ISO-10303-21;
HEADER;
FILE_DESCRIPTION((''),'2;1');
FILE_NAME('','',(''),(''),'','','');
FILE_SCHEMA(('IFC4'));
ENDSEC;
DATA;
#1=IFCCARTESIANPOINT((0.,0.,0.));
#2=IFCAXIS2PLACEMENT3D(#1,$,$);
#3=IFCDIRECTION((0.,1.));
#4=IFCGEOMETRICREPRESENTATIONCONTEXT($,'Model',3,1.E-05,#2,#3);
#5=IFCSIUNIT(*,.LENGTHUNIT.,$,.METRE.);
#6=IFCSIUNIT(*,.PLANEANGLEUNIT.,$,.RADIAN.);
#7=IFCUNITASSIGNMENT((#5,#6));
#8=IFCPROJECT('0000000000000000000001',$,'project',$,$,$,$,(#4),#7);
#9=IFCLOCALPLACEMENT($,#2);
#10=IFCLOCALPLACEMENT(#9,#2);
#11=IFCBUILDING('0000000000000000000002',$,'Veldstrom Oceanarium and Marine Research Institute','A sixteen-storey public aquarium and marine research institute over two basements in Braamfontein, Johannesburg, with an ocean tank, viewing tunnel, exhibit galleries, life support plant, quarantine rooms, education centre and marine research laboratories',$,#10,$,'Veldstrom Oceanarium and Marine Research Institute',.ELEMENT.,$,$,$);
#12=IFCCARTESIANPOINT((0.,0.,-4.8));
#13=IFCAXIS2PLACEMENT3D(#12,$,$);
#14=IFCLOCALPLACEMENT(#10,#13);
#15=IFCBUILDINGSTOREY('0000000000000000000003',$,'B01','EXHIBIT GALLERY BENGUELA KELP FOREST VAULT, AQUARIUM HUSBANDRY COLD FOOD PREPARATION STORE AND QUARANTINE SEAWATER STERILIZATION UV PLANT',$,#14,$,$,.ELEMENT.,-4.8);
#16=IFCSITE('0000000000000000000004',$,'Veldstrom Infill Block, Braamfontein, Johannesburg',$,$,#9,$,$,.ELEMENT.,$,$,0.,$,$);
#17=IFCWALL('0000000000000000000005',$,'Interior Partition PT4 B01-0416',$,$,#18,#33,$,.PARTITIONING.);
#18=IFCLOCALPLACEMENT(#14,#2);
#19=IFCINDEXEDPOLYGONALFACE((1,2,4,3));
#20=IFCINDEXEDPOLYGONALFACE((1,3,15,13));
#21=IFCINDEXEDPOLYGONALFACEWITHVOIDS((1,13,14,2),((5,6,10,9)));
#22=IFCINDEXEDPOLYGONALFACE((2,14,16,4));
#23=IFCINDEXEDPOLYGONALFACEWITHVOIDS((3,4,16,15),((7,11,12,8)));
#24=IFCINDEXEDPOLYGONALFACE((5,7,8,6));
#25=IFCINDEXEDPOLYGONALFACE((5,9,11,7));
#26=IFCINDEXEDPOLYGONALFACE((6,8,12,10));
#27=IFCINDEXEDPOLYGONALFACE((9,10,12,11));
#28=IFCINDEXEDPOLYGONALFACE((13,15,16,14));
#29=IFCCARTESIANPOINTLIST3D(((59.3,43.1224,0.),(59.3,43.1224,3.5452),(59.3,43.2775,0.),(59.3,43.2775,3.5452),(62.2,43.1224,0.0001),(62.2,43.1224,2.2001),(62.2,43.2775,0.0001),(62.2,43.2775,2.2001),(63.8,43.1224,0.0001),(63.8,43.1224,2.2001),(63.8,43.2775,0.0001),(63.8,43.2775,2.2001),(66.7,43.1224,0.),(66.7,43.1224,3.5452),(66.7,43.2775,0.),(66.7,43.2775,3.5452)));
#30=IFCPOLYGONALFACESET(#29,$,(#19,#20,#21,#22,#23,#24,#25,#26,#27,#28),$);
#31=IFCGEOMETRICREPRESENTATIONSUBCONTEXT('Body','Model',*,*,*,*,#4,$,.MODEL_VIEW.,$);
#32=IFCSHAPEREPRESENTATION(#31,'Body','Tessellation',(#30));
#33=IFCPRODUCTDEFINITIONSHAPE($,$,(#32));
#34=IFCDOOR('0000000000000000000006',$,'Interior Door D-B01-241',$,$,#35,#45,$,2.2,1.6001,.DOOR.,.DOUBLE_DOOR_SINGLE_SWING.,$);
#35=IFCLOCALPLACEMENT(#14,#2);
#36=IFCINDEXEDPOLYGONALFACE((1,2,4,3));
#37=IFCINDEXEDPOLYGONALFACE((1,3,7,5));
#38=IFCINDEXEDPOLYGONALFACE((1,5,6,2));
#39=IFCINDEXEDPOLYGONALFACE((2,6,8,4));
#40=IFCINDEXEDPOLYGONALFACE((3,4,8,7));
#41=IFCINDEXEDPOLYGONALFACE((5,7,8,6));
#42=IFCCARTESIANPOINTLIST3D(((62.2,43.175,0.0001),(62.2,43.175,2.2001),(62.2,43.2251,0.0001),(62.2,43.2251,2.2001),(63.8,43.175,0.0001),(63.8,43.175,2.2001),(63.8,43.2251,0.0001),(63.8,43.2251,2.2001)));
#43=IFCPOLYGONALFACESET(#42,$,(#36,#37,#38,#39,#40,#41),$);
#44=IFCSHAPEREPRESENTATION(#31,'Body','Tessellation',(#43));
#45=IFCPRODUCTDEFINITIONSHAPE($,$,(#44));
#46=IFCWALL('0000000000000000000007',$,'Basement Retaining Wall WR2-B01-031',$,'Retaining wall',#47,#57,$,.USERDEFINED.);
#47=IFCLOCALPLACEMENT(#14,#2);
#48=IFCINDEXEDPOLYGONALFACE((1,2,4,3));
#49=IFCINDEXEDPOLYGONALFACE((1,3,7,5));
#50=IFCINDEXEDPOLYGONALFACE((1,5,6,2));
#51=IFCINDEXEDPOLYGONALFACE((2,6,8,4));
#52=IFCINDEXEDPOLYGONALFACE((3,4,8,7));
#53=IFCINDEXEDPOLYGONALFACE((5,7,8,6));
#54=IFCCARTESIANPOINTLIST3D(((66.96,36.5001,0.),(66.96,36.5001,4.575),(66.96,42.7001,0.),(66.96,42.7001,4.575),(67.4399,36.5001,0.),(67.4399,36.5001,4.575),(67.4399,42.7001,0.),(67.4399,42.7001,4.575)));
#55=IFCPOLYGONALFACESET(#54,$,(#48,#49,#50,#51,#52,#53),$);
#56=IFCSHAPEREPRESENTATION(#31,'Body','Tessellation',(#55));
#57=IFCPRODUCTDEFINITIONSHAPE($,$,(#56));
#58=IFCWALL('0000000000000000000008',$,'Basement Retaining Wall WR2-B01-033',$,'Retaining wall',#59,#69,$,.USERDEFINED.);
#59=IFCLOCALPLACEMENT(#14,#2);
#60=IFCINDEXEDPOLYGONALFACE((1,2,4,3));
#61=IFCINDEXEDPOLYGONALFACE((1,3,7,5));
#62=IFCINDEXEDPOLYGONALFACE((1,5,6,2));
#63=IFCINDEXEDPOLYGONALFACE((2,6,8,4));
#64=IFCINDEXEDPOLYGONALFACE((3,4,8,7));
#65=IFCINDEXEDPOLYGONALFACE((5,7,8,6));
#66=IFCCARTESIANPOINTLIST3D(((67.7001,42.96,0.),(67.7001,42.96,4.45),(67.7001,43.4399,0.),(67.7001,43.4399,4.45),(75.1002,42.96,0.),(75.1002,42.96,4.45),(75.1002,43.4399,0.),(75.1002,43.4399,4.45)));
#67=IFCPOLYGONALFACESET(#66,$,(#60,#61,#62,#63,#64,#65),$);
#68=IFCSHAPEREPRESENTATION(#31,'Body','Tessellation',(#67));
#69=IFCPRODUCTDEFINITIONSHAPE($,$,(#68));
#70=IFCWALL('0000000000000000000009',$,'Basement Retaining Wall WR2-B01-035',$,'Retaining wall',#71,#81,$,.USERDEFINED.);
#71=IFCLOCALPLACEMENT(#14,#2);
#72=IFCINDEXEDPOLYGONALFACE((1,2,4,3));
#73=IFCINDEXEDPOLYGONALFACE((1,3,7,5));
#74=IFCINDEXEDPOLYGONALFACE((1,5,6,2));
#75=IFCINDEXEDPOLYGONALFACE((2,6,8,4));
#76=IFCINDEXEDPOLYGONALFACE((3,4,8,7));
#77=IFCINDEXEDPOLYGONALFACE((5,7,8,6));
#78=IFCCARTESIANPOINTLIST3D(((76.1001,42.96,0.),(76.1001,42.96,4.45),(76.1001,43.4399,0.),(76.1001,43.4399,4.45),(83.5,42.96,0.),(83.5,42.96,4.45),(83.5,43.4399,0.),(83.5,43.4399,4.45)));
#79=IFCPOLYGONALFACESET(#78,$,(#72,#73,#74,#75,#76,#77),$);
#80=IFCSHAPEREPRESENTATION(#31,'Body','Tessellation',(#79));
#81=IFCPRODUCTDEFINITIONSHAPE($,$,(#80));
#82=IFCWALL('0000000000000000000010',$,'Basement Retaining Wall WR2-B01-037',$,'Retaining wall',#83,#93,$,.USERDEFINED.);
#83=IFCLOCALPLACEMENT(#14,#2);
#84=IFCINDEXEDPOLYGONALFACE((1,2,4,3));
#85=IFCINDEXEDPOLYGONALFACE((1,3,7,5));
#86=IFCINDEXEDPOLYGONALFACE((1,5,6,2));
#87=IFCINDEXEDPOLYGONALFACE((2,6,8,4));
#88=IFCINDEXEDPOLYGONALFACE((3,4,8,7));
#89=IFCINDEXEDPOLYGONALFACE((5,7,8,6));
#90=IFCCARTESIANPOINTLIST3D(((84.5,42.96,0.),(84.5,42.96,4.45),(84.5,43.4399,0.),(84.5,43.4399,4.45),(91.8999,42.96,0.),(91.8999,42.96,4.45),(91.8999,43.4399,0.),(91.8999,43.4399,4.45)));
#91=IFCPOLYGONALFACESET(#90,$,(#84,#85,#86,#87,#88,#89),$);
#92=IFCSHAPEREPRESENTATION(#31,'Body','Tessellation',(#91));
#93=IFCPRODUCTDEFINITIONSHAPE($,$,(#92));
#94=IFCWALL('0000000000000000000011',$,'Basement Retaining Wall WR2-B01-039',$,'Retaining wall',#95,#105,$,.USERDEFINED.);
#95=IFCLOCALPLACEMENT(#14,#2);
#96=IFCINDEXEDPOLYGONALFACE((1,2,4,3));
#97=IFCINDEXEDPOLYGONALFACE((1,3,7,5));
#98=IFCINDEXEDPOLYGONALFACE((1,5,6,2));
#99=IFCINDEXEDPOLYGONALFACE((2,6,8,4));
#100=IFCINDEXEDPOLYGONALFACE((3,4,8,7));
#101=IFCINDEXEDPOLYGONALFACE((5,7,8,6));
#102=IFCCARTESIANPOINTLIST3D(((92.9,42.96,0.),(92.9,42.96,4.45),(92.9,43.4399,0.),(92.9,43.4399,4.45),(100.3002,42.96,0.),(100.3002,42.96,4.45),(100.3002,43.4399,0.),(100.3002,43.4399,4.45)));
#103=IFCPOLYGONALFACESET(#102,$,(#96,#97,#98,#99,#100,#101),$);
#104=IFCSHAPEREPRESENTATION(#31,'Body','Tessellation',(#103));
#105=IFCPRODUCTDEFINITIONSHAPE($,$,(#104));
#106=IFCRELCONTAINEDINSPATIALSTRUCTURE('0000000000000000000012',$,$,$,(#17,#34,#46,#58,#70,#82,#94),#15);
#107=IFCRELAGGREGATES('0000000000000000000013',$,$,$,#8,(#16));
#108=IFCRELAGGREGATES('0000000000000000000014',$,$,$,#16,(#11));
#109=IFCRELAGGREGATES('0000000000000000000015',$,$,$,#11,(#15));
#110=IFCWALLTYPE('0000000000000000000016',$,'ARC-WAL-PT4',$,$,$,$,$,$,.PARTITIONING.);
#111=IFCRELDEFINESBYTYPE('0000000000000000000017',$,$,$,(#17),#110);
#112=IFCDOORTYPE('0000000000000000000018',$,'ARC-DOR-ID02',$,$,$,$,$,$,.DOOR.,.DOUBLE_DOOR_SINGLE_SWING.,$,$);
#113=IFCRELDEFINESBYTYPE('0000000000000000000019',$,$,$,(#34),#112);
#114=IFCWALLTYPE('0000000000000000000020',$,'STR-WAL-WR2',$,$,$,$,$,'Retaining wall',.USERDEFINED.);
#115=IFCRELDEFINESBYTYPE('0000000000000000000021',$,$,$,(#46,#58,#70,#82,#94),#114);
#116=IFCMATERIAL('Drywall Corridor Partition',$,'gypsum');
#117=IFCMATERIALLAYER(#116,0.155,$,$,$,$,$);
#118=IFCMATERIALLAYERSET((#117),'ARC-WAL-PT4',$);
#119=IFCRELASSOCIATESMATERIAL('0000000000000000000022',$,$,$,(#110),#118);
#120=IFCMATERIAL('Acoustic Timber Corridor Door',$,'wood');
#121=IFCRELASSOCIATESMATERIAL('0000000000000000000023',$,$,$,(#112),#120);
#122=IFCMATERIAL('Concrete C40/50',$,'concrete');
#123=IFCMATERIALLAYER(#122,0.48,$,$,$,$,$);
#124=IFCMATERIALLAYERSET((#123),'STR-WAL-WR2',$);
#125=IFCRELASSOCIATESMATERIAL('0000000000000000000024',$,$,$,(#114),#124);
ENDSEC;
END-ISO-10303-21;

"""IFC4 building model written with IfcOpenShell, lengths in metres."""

from ifc_helpers import new_model, si_unit, direction, frame, frame_2d, origin, place, context, subcontext, project, spatial, rectangle, extrude, material, layer, layer_set, type_object, element, fill, save


model = new_model("IFC4")

# Units and contexts
model_context = context("Model", 3, precision=1e-05, world=origin(), true_north=direction((0.0, 1.0)))
body_context = subcontext(model_context, "Body", "Model", "MODEL_VIEW")
ifc_project = project(units=[si_unit("LENGTHUNIT", "METRE"), si_unit("PLANEANGLEUNIT", "RADIAN")], contexts=[model_context])

# Site, building, storey
site_placement = place(None, origin())
site = spatial("IfcSite", under=ifc_project, at=site_placement, Name="Veldstrom Infill Block, Braamfontein, Johannesburg", CompositionType="ELEMENT", RefElevation=0.0)
building_placement = place(site_placement, origin())
building = spatial("IfcBuilding", under=site, at=building_placement, Name="Veldstrom Oceanarium and Marine Research Institute", Description="A sixteen-storey public aquarium and marine research institute over two basements in Braamfontein, Johannesburg, with an ocean tank, viewing tunnel, exhibit galleries, life support plant, quarantine rooms, education centre and marine research laboratories", LongName="Veldstrom Oceanarium and Marine Research Institute", CompositionType="ELEMENT")
storey_placement = place(building_placement, frame((0.0, 0.0, -4.8)))
storey = spatial("IfcBuildingStorey", under=building, at=storey_placement, Name="B01", Description="EXHIBIT GALLERY BENGUELA KELP FOREST VAULT, AQUARIUM HUSBANDRY COLD FOOD PREPARATION STORE AND QUARANTINE SEAWATER STERILIZATION UV PLANT", CompositionType="ELEMENT", Elevation=-4.8)

# Wall, opening, door
ifc_material_1 = material(Name="Drywall Corridor Partition", Category="gypsum")
ifc_layer_1 = layer(ifc_material_1, 0.155)
ifc_layer_set_1 = layer_set([ifc_layer_1], Name="ARC-WAL-PT4")
wall_type_1 = type_object("IfcWallType", Name="ARC-WAL-PT4", PredefinedType="PARTITIONING", material=ifc_layer_set_1)
wall_1_placement = place(storey_placement, frame((59.3, 43.2, 0.0), z_axis=(0.0, 0.0, 1.0), x_axis=(1.0, 0.0, 0.0)))
wall_1 = element("IfcWall", 1, at=wall_1_placement, inside=storey, type_object=wall_type_1, Name="Interior Partition PT4 B01-0416", PredefinedType="PARTITIONING", context=body_context, shape_type="SweptSolid", body=[
    extrude(rectangle(XDim=7.3999, YDim=0.155, at=frame_2d((3.7, 0.0))), origin(), (0.0, 0.0, 1.0), 3.5452),
])
opening_1_placement = place(wall_1_placement, frame((2.8999, 0.0, 0.0)))
opening_1 = element("IfcOpeningElement", 2, at=opening_1_placement, cuts=wall_1, PredefinedType="OPENING", context=body_context, shape_type="SweptSolid", body=[
    extrude(rectangle(XDim=1.6001, YDim=2.2, at=frame_2d((0.8, 1.1001))), frame((0.0, 0.0874, 0.0), z_axis=(0.0, -1.0, 0.0), x_axis=(1.0, 0.0, 0.0)), (0.0, 0.0, 1.0), 0.175),
])
ifc_material_2 = material(Name="Acoustic Timber Corridor Door", Category="wood")
door_type_1 = type_object("IfcDoorType", Name="ARC-DOR-ID02", OperationType="DOUBLE_DOOR_SINGLE_SWING", PredefinedType="DOOR", material=ifc_material_2)
door_1_placement = place(opening_1_placement, frame((1.6001, 0.0, 0.0), z_axis=(0.0, 0.0, 1.0), x_axis=(-1.0, 0.0, 0.0)))
door_1 = element("IfcDoor", 3, at=door_1_placement, inside=storey, type_object=door_type_1, Name="Interior Door D-B01-241", OperationType="DOUBLE_DOOR_SINGLE_SWING", OverallHeight=2.2, OverallWidth=1.6001, PredefinedType="DOOR", context=body_context, shape_type="SweptSolid", body=[
    extrude(rectangle(XDim=1.6001, YDim=2.2, at=frame_2d((0.8, 1.1001))), frame((0.0, 0.0249, 0.0), z_axis=(0.0, -1.0, 0.0), x_axis=(1.0, 0.0, 0.0)), (0.0, 0.0, 1.0), 0.05),
])
fill(opening_1, door_1)

# Walls
ifc_material_3 = material(Name="Concrete C40/50", Category="concrete")
ifc_layer_2 = layer(ifc_material_3, 0.48)
ifc_layer_set_2 = layer_set([ifc_layer_2], Name="STR-WAL-WR2")
wall_type_2 = type_object("IfcWallType", Name="STR-WAL-WR2", ElementType="Retaining wall", PredefinedType="USERDEFINED", material=ifc_layer_set_2)
wall_2_placement = place(storey_placement, frame((67.2, 36.5, 0.0), z_axis=(0.0, 0.0, 1.0), x_axis=(0.0, 1.0, 0.0)))
element("IfcWall", 4, at=wall_2_placement, inside=storey, type_object=wall_type_2, Name="Basement Retaining Wall WR2-B01-031", ObjectType="Retaining wall", PredefinedType="USERDEFINED", context=body_context, shape_type="SweptSolid", body=[
    extrude(rectangle(XDim=6.2, YDim=0.48, at=frame_2d((3.1001, 0.0))), origin(), (0.0, 0.0, 1.0), 4.575),
])
wall_3_placement = place(storey_placement, frame((67.7, 43.2, 0.0), z_axis=(0.0, 0.0, 1.0), x_axis=(1.0, 0.0, 0.0)))
element("IfcWall", 5, at=wall_3_placement, inside=storey, type_object=wall_type_2, Name="Basement Retaining Wall WR2-B01-033", ObjectType="Retaining wall", PredefinedType="USERDEFINED", context=body_context, shape_type="SweptSolid", body=[
    extrude(rectangle(XDim=7.4001, YDim=0.48, at=frame_2d((3.7002, 0.0))), origin(), (0.0, 0.0, 1.0), 4.45),
])
for number, where, z_axis, x_axis, name in (
    (6, (76.1001, 43.2, 0.0), (0.0, 0.0, 1.0), (1.0, 0.0, 0.0), "Basement Retaining Wall WR2-B01-035"),
    (7, (84.5, 43.2, 0.0), (0.0, 0.0, 1.0), (1.0, 0.0, 0.0), "Basement Retaining Wall WR2-B01-037"),
):
    element("IfcWall", number, at=place(storey_placement, frame(where, z_axis=z_axis, x_axis=x_axis)), inside=storey, type_object=wall_type_2, Name=name, ObjectType="Retaining wall", PredefinedType="USERDEFINED", context=body_context, shape_type="SweptSolid", body=[
        extrude(rectangle(XDim=7.3999, YDim=0.48, at=frame_2d((3.7, 0.0))), origin(), (0.0, 0.0, 1.0), 4.45),
    ])
wall_4_placement = place(storey_placement, frame((92.8999, 43.2, 0.0), z_axis=(0.0, 0.0, 1.0), x_axis=(1.0, 0.0, 0.0)))
element("IfcWall", 8, at=wall_4_placement, inside=storey, type_object=wall_type_2, Name="Basement Retaining Wall WR2-B01-039", ObjectType="Retaining wall", PredefinedType="USERDEFINED", context=body_context, shape_type="SweptSolid", body=[
    extrude(rectangle(XDim=7.4001, YDim=0.48, at=frame_2d((3.7002, 0.0))), origin(), (0.0, 0.0, 1.0), 4.45),
])

save(model, "model.ifc")
